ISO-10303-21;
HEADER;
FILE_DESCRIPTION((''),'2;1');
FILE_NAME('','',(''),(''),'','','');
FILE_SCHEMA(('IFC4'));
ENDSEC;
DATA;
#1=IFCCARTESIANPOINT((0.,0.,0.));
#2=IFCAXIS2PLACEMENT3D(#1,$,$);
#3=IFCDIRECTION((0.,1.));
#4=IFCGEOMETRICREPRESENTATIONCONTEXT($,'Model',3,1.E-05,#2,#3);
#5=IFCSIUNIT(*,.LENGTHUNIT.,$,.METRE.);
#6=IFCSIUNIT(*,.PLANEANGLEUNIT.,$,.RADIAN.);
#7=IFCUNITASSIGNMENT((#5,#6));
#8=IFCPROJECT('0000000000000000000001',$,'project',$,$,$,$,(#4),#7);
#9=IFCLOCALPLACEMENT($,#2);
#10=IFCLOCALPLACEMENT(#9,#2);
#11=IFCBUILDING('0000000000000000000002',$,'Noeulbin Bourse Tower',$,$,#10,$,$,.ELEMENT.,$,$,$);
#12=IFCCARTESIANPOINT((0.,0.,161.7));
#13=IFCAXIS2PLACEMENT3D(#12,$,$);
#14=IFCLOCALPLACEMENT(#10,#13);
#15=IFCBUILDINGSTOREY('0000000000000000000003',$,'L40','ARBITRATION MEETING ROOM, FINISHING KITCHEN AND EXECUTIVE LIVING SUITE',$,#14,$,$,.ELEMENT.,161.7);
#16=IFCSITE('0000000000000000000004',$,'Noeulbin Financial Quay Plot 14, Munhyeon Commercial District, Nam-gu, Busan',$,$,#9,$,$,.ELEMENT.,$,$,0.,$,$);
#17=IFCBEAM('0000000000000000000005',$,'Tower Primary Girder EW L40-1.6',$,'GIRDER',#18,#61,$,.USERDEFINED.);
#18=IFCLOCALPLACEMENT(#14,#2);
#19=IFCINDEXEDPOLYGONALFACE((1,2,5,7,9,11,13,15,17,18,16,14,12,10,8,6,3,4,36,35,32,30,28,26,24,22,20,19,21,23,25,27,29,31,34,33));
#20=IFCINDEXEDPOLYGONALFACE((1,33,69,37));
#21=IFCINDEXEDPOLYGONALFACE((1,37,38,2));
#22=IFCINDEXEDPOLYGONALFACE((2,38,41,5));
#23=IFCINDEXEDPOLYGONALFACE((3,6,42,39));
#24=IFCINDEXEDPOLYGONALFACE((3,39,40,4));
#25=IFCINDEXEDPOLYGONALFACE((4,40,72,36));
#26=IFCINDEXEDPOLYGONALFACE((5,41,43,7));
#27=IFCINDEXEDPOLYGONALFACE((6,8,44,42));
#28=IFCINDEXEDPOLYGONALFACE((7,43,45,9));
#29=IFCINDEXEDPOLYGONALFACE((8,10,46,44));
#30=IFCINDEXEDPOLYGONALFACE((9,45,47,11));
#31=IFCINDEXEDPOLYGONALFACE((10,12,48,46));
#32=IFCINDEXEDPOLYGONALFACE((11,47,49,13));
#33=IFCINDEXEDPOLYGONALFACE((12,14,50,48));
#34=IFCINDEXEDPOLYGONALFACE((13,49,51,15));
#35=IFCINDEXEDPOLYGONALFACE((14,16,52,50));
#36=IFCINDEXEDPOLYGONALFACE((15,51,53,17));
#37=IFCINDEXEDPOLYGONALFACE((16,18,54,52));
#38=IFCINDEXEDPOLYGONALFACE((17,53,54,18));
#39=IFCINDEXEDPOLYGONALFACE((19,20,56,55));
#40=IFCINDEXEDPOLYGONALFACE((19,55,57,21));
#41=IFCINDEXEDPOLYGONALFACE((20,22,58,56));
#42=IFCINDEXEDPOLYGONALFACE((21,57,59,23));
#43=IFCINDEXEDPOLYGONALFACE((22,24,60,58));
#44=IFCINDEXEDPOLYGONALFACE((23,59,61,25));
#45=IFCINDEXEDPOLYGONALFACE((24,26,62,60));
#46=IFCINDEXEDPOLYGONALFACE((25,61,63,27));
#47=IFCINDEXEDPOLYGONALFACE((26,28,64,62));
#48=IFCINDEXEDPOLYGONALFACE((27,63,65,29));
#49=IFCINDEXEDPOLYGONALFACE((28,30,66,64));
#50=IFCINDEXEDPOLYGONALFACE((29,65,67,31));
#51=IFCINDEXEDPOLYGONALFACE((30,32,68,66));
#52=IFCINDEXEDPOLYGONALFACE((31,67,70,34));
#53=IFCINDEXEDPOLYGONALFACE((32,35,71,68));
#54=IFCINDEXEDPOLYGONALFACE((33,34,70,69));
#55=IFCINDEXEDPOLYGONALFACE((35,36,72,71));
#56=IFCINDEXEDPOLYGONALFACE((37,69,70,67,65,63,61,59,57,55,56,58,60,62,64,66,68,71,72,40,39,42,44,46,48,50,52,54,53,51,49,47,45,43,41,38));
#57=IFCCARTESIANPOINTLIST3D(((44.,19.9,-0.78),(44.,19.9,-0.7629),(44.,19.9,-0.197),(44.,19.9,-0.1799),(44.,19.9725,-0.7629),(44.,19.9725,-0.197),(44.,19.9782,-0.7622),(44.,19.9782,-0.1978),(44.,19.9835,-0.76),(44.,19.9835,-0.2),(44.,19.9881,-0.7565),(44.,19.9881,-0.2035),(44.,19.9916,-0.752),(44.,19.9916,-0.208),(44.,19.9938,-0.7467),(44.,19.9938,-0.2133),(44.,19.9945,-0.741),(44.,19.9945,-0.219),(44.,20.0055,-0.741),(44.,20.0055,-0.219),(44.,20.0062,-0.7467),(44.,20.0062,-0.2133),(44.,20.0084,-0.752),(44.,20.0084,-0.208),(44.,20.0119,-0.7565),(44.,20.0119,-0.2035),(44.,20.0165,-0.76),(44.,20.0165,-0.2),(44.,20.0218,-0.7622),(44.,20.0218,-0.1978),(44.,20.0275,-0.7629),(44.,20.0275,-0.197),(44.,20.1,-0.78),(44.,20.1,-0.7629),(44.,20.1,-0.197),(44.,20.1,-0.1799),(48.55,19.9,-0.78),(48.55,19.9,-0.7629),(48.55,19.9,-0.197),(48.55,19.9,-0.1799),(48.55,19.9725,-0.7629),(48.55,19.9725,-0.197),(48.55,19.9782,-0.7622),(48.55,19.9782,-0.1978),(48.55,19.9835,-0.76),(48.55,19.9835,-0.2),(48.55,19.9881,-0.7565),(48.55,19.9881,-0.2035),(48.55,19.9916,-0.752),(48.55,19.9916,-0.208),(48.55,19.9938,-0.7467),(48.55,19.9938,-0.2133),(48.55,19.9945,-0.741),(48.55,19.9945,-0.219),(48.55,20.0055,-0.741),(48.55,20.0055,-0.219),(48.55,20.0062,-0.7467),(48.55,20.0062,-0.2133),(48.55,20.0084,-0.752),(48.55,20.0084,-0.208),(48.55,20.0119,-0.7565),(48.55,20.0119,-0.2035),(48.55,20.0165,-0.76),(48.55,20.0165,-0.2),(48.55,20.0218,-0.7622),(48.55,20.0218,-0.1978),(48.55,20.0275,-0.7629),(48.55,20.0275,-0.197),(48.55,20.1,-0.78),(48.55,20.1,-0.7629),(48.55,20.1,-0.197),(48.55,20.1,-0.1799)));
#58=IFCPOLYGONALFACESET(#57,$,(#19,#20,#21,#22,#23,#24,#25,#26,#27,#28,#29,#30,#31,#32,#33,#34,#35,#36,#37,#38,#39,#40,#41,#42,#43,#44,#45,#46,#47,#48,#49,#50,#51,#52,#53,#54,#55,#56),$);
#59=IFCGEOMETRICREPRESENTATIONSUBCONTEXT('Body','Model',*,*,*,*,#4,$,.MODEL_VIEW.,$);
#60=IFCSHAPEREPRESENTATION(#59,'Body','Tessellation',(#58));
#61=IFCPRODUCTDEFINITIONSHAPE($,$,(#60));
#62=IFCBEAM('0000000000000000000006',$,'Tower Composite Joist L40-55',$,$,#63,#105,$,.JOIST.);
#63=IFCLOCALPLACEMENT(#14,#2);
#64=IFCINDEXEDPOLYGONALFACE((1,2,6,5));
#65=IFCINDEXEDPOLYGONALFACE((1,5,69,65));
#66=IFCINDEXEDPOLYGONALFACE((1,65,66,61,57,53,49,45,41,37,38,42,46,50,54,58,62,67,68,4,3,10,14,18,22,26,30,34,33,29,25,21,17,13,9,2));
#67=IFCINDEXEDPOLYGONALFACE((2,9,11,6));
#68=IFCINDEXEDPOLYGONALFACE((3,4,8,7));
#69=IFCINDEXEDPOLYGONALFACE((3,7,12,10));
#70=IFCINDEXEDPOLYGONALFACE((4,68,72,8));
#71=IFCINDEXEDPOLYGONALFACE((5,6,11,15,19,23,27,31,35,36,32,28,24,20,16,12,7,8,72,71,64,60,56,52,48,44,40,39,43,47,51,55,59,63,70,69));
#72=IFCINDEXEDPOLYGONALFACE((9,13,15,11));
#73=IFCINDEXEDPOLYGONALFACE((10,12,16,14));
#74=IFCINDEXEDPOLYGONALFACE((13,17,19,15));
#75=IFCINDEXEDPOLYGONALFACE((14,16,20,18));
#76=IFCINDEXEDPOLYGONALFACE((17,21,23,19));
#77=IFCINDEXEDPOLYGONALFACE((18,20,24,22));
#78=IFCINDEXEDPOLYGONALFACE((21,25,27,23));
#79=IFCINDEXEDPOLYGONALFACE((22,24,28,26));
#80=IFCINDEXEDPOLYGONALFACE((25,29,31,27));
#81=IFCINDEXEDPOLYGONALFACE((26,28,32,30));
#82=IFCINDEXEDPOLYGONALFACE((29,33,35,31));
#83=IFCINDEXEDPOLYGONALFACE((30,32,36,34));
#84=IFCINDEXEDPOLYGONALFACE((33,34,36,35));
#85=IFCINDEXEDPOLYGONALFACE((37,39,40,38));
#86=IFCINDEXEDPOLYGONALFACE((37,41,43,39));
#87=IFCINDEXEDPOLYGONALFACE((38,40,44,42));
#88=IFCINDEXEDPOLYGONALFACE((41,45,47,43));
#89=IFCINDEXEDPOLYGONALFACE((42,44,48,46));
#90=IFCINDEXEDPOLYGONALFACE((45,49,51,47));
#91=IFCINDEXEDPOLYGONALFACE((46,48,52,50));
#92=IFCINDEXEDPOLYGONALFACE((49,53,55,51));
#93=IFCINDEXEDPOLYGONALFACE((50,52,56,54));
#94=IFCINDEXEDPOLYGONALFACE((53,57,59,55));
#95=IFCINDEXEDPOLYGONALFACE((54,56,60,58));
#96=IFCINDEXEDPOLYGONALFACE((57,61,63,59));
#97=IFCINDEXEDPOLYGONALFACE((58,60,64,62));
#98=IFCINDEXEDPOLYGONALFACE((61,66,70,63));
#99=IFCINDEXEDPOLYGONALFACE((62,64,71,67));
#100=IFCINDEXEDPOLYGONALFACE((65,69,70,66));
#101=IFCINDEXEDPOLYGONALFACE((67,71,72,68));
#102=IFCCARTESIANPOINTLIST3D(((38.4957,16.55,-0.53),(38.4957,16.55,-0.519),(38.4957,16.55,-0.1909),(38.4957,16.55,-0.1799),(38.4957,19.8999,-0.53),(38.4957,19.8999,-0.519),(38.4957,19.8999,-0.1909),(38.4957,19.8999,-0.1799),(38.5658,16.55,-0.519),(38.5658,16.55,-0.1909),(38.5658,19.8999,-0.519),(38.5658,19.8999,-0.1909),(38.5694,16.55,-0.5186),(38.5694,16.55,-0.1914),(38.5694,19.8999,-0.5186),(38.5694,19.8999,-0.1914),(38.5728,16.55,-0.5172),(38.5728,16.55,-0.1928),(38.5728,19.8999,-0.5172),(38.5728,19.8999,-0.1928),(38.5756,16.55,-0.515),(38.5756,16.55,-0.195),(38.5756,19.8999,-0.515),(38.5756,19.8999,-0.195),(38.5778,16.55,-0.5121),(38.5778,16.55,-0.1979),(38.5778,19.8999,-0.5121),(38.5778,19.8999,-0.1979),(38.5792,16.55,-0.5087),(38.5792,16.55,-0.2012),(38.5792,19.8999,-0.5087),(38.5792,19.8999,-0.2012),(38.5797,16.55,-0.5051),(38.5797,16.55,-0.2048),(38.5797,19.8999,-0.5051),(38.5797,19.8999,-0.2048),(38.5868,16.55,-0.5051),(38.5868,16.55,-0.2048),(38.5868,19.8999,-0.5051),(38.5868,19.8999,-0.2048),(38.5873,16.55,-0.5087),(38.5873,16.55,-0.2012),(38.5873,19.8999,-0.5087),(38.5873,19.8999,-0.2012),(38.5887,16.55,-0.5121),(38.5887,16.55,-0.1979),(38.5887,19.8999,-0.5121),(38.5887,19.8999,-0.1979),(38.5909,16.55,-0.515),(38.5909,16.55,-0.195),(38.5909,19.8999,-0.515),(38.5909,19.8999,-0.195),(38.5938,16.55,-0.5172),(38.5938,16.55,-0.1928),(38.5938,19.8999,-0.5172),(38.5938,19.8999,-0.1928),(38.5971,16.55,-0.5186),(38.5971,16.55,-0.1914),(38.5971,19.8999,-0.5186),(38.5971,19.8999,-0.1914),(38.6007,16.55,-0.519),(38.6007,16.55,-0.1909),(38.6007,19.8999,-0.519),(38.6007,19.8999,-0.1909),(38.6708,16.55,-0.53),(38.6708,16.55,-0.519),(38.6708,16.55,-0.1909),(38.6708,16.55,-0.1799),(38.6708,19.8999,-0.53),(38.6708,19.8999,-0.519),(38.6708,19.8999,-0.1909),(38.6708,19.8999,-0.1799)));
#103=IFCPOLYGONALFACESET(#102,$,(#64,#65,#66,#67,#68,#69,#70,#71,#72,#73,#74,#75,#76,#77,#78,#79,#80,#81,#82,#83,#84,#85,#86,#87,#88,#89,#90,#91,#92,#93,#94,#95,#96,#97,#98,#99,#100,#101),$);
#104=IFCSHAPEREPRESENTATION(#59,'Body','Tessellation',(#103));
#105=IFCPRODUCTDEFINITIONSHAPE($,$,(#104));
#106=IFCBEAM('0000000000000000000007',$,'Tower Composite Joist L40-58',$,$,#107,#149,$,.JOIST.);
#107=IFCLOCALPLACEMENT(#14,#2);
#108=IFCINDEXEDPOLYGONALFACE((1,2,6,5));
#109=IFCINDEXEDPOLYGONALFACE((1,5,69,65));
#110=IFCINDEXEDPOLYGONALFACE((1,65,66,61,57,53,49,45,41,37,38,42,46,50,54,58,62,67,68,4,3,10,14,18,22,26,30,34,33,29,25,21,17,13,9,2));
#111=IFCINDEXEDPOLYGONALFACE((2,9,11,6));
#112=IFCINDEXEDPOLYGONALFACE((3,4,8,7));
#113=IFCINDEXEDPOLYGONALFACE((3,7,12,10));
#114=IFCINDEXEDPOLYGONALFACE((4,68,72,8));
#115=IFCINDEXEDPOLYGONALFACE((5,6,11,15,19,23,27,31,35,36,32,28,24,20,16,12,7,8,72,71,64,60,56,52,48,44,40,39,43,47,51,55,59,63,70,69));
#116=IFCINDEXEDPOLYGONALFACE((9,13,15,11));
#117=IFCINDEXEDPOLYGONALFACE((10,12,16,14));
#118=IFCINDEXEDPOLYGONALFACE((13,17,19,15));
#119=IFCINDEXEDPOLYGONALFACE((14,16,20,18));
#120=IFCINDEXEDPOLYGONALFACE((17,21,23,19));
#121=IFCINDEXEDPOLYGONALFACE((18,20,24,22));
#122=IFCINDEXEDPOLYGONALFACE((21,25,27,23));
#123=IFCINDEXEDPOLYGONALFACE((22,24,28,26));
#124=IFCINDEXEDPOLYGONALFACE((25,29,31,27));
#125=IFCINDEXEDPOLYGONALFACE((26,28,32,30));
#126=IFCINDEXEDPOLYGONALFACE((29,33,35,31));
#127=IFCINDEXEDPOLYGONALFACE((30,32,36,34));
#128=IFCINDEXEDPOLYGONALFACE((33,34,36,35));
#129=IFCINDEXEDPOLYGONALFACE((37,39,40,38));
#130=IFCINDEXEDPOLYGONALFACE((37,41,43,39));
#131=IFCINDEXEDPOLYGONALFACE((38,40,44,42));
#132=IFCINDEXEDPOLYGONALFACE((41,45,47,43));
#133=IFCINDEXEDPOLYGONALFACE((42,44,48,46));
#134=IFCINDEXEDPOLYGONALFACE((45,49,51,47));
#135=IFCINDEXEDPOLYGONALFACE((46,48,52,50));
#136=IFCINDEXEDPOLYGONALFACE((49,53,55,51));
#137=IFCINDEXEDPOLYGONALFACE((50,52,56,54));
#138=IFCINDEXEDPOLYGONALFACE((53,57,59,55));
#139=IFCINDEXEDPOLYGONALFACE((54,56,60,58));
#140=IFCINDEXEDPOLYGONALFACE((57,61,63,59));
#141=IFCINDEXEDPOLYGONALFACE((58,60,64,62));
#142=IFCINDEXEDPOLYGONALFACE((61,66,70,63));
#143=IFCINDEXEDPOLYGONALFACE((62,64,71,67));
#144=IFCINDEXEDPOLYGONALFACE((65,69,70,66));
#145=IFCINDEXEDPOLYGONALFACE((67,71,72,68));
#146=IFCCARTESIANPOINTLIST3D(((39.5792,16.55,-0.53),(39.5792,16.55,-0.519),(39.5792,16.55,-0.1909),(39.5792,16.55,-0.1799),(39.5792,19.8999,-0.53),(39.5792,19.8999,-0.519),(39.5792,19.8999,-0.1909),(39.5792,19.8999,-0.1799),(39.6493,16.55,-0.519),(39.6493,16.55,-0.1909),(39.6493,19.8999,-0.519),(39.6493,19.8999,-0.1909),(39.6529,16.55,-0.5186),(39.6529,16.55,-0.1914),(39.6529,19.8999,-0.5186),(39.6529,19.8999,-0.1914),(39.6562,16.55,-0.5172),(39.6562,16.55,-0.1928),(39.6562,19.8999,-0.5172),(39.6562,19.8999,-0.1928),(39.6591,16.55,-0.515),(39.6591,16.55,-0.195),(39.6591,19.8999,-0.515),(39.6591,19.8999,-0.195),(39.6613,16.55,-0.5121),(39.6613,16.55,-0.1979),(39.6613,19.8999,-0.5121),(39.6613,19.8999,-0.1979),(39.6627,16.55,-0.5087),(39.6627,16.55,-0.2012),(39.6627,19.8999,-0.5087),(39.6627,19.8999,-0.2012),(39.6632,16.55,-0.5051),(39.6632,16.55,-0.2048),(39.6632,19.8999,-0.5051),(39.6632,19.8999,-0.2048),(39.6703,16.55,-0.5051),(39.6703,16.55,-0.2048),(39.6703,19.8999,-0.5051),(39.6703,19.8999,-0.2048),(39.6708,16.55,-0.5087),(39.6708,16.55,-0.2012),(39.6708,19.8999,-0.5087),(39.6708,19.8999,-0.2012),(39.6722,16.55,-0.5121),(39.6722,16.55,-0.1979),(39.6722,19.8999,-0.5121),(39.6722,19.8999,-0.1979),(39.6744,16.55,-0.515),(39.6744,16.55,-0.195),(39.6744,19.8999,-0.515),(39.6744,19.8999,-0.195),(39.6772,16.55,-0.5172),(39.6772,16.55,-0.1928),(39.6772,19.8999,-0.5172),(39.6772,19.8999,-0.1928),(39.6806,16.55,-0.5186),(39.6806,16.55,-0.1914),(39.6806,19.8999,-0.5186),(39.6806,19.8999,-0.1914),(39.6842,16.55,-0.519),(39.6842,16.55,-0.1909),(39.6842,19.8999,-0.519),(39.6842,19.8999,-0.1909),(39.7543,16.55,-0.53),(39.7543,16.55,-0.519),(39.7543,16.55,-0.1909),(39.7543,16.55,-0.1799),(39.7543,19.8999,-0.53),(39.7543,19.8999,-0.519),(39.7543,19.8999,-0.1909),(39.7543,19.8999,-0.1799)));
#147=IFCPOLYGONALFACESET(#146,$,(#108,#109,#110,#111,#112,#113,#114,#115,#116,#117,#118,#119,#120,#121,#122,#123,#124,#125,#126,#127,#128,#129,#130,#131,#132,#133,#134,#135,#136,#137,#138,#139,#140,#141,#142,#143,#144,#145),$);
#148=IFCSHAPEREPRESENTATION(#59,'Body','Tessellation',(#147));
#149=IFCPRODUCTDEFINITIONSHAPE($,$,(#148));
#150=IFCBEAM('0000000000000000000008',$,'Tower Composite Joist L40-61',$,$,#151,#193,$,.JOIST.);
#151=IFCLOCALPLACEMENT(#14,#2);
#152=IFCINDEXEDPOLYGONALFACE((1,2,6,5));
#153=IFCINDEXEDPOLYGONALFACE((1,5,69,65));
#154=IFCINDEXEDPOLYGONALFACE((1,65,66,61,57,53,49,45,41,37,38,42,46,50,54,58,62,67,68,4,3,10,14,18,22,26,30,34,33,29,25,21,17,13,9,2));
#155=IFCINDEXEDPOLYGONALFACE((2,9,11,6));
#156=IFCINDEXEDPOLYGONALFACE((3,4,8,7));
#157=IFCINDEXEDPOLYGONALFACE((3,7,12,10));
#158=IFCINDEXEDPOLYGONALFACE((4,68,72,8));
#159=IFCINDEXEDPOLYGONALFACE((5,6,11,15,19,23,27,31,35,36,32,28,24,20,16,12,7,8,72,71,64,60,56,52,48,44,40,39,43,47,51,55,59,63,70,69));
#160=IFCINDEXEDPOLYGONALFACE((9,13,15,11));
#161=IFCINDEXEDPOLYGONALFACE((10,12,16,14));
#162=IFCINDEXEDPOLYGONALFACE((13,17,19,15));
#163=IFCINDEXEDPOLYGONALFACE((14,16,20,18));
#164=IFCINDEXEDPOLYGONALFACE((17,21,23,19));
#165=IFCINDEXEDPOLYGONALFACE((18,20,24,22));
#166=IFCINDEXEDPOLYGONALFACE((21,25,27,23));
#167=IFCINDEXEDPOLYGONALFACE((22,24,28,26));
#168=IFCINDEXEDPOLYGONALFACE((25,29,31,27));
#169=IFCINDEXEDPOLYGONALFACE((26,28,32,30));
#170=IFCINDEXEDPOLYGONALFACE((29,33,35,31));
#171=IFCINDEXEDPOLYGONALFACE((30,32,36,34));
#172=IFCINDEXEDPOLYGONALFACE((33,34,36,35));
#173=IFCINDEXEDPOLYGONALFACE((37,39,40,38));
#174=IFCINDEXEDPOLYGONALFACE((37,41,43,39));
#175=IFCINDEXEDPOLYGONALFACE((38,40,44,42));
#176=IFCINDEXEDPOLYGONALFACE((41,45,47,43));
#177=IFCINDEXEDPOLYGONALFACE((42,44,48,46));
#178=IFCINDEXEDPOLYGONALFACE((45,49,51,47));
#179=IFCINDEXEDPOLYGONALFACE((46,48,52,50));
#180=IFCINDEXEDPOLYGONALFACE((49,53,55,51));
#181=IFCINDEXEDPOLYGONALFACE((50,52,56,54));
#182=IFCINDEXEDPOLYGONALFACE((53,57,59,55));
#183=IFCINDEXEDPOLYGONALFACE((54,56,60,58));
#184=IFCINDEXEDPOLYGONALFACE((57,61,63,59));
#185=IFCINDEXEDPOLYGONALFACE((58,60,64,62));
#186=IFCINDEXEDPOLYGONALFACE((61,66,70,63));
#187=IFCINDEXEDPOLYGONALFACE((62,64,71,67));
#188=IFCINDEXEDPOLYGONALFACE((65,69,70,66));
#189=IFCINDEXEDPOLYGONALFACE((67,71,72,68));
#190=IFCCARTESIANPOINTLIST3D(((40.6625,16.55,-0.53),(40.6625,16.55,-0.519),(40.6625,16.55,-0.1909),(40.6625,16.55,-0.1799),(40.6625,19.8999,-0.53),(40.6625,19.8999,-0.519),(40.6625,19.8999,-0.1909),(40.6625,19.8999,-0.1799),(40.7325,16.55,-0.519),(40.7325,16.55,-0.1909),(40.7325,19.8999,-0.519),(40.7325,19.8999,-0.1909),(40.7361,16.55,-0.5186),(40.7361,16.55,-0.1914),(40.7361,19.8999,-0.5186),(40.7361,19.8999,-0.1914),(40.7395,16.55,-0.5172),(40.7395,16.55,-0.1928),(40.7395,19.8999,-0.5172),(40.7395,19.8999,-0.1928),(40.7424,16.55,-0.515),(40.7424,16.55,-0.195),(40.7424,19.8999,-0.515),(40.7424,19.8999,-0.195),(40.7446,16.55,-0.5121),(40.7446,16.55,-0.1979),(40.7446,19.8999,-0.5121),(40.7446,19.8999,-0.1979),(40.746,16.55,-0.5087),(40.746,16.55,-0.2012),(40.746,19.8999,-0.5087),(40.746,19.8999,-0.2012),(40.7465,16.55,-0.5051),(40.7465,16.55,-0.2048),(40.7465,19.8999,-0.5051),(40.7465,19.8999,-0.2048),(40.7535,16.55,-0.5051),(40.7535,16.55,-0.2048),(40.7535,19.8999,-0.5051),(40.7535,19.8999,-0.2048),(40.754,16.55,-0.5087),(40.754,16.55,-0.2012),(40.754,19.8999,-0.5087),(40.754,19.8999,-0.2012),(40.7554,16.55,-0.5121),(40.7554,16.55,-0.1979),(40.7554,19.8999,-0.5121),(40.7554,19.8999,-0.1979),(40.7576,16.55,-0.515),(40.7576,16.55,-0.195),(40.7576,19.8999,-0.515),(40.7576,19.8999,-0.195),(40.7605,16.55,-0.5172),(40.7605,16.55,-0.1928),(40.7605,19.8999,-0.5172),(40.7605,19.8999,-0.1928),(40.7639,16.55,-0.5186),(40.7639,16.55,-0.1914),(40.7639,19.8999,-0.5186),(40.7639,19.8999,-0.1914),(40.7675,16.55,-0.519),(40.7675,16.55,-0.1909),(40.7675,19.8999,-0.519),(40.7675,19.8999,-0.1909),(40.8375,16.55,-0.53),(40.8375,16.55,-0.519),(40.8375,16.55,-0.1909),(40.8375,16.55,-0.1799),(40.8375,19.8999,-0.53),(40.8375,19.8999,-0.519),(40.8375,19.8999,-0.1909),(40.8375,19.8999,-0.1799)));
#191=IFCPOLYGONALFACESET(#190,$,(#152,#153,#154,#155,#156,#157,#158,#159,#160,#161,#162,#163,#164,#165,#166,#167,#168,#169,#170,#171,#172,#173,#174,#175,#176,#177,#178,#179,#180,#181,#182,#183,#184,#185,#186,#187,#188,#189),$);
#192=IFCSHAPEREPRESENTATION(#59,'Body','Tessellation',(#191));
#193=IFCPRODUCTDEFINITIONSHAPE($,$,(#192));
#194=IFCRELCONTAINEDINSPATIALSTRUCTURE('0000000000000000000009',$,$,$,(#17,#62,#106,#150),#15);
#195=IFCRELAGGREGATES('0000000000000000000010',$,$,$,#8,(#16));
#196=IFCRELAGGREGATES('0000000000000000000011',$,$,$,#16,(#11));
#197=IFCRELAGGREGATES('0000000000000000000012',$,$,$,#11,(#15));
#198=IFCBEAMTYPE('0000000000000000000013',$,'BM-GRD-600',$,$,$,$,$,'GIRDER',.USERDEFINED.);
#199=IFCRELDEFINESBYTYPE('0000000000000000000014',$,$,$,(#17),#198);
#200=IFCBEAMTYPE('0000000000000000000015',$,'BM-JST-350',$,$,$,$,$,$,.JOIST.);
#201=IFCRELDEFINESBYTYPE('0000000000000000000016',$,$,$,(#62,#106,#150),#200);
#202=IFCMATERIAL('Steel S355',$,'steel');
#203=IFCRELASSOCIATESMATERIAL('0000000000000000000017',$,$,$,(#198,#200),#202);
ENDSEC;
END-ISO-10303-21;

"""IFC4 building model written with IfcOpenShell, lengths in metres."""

from ifc_helpers import new_model, si_unit, direction, frame, origin, origin_2d, place, context, subcontext, project, spatial, i_section, extrude, material, material_profile, profile_set, type_object, element, save


model = new_model("IFC4")

# Units and contexts
model_context = context("Model", 3, precision=1e-05, world=origin(), true_north=direction((0.0, 1.0)))
body_context = subcontext(model_context, "Body", "Model", "MODEL_VIEW")
ifc_project = project(units=[si_unit("LENGTHUNIT", "METRE"), si_unit("PLANEANGLEUNIT", "RADIAN")], contexts=[model_context])

# Site, building, storey
site_placement = place(None, origin())
site = spatial("IfcSite", under=ifc_project, at=site_placement, Name="Noeulbin Financial Quay Plot 14, Munhyeon Commercial District, Nam-gu, Busan", CompositionType="ELEMENT", RefElevation=0.0)
building_placement = place(site_placement, origin())
building = spatial("IfcBuilding", under=site, at=building_placement, Name="Noeulbin Bourse Tower", CompositionType="ELEMENT")
storey_placement = place(building_placement, frame((0.0, 0.0, 161.7)))
storey = spatial("IfcBuildingStorey", under=building, at=storey_placement, Name="L40", Description="ARBITRATION MEETING ROOM, FINISHING KITCHEN AND EXECUTIVE LIVING SUITE", CompositionType="ELEMENT", Elevation=161.7)

# Shared definitions
ifc_material_1 = material(Name="Steel S355", Category="steel")

# Beams
ifc_material_profile_1 = material_profile(ifc_material_1, i_section(OverallWidth=0.2, OverallDepth=0.6001, WebThickness=0.011, FlangeThickness=0.0171, FilletRadius=0.022, at=origin_2d()), Name="H-600x200x11x17", Category="LoadBearing")
ifc_profile_set_1 = profile_set([ifc_material_profile_1], Name="Steel S355")
beam_type_1 = type_object("IfcBeamType", Name="BM-GRD-600", ElementType="GIRDER", PredefinedType="USERDEFINED", material=ifc_profile_set_1)
beam_1_placement = place(storey_placement, frame((44.0, 20.0, -0.48), z_axis=(1.0, 0.0, 0.0), x_axis=(0.0, 1.0, 0.0)))
element("IfcBeam", 1, at=beam_1_placement, inside=storey, type_object=beam_type_1, Name="Tower Primary Girder EW L40-1.6", ObjectType="GIRDER", PredefinedType="USERDEFINED", context=body_context, shape_type="SweptSolid", body=[
    extrude(i_section(OverallWidth=0.2, OverallDepth=0.6001, WebThickness=0.011, FlangeThickness=0.0171, FilletRadius=0.022, at=origin_2d()), origin(), (0.0, 0.0, 1.0), 4.55),
])
ifc_material_profile_2 = material_profile(ifc_material_1, i_section(OverallWidth=0.175, OverallDepth=0.3501, WebThickness=0.0071, FlangeThickness=0.011, FilletRadius=0.0139, at=origin_2d()), Name="H-350x175x7x11", Category="LoadBearing")
ifc_profile_set_2 = profile_set([ifc_material_profile_2], Name="Steel S355")
beam_type_2 = type_object("IfcBeamType", Name="BM-JST-350", PredefinedType="JOIST", material=ifc_profile_set_2)
for number, where, z_axis, x_axis, name in (
    (2, (38.5833, 16.55, -0.355), (0.0, 1.0, 0.0), (-1.0, 0.0, 0.0), "Tower Composite Joist L40-55"),
    (3, (39.6667, 16.55, -0.355), (0.0, 1.0, 0.0), (-1.0, 0.0, 0.0), "Tower Composite Joist L40-58"),
    (4, (40.75, 16.55, -0.355), (0.0, 1.0, 0.0), (-1.0, 0.0, 0.0), "Tower Composite Joist L40-61"),
):
    element("IfcBeam", number, at=place(storey_placement, frame(where, z_axis=z_axis, x_axis=x_axis)), inside=storey, type_object=beam_type_2, Name=name, PredefinedType="JOIST", context=body_context, shape_type="SweptSolid", body=[
        extrude(i_section(OverallWidth=0.175, OverallDepth=0.3501, WebThickness=0.0071, FlangeThickness=0.011, FilletRadius=0.0139, at=origin_2d()), origin(), (0.0, 0.0, 1.0), 3.3499),
    ])

save(model, "model.ifc")
